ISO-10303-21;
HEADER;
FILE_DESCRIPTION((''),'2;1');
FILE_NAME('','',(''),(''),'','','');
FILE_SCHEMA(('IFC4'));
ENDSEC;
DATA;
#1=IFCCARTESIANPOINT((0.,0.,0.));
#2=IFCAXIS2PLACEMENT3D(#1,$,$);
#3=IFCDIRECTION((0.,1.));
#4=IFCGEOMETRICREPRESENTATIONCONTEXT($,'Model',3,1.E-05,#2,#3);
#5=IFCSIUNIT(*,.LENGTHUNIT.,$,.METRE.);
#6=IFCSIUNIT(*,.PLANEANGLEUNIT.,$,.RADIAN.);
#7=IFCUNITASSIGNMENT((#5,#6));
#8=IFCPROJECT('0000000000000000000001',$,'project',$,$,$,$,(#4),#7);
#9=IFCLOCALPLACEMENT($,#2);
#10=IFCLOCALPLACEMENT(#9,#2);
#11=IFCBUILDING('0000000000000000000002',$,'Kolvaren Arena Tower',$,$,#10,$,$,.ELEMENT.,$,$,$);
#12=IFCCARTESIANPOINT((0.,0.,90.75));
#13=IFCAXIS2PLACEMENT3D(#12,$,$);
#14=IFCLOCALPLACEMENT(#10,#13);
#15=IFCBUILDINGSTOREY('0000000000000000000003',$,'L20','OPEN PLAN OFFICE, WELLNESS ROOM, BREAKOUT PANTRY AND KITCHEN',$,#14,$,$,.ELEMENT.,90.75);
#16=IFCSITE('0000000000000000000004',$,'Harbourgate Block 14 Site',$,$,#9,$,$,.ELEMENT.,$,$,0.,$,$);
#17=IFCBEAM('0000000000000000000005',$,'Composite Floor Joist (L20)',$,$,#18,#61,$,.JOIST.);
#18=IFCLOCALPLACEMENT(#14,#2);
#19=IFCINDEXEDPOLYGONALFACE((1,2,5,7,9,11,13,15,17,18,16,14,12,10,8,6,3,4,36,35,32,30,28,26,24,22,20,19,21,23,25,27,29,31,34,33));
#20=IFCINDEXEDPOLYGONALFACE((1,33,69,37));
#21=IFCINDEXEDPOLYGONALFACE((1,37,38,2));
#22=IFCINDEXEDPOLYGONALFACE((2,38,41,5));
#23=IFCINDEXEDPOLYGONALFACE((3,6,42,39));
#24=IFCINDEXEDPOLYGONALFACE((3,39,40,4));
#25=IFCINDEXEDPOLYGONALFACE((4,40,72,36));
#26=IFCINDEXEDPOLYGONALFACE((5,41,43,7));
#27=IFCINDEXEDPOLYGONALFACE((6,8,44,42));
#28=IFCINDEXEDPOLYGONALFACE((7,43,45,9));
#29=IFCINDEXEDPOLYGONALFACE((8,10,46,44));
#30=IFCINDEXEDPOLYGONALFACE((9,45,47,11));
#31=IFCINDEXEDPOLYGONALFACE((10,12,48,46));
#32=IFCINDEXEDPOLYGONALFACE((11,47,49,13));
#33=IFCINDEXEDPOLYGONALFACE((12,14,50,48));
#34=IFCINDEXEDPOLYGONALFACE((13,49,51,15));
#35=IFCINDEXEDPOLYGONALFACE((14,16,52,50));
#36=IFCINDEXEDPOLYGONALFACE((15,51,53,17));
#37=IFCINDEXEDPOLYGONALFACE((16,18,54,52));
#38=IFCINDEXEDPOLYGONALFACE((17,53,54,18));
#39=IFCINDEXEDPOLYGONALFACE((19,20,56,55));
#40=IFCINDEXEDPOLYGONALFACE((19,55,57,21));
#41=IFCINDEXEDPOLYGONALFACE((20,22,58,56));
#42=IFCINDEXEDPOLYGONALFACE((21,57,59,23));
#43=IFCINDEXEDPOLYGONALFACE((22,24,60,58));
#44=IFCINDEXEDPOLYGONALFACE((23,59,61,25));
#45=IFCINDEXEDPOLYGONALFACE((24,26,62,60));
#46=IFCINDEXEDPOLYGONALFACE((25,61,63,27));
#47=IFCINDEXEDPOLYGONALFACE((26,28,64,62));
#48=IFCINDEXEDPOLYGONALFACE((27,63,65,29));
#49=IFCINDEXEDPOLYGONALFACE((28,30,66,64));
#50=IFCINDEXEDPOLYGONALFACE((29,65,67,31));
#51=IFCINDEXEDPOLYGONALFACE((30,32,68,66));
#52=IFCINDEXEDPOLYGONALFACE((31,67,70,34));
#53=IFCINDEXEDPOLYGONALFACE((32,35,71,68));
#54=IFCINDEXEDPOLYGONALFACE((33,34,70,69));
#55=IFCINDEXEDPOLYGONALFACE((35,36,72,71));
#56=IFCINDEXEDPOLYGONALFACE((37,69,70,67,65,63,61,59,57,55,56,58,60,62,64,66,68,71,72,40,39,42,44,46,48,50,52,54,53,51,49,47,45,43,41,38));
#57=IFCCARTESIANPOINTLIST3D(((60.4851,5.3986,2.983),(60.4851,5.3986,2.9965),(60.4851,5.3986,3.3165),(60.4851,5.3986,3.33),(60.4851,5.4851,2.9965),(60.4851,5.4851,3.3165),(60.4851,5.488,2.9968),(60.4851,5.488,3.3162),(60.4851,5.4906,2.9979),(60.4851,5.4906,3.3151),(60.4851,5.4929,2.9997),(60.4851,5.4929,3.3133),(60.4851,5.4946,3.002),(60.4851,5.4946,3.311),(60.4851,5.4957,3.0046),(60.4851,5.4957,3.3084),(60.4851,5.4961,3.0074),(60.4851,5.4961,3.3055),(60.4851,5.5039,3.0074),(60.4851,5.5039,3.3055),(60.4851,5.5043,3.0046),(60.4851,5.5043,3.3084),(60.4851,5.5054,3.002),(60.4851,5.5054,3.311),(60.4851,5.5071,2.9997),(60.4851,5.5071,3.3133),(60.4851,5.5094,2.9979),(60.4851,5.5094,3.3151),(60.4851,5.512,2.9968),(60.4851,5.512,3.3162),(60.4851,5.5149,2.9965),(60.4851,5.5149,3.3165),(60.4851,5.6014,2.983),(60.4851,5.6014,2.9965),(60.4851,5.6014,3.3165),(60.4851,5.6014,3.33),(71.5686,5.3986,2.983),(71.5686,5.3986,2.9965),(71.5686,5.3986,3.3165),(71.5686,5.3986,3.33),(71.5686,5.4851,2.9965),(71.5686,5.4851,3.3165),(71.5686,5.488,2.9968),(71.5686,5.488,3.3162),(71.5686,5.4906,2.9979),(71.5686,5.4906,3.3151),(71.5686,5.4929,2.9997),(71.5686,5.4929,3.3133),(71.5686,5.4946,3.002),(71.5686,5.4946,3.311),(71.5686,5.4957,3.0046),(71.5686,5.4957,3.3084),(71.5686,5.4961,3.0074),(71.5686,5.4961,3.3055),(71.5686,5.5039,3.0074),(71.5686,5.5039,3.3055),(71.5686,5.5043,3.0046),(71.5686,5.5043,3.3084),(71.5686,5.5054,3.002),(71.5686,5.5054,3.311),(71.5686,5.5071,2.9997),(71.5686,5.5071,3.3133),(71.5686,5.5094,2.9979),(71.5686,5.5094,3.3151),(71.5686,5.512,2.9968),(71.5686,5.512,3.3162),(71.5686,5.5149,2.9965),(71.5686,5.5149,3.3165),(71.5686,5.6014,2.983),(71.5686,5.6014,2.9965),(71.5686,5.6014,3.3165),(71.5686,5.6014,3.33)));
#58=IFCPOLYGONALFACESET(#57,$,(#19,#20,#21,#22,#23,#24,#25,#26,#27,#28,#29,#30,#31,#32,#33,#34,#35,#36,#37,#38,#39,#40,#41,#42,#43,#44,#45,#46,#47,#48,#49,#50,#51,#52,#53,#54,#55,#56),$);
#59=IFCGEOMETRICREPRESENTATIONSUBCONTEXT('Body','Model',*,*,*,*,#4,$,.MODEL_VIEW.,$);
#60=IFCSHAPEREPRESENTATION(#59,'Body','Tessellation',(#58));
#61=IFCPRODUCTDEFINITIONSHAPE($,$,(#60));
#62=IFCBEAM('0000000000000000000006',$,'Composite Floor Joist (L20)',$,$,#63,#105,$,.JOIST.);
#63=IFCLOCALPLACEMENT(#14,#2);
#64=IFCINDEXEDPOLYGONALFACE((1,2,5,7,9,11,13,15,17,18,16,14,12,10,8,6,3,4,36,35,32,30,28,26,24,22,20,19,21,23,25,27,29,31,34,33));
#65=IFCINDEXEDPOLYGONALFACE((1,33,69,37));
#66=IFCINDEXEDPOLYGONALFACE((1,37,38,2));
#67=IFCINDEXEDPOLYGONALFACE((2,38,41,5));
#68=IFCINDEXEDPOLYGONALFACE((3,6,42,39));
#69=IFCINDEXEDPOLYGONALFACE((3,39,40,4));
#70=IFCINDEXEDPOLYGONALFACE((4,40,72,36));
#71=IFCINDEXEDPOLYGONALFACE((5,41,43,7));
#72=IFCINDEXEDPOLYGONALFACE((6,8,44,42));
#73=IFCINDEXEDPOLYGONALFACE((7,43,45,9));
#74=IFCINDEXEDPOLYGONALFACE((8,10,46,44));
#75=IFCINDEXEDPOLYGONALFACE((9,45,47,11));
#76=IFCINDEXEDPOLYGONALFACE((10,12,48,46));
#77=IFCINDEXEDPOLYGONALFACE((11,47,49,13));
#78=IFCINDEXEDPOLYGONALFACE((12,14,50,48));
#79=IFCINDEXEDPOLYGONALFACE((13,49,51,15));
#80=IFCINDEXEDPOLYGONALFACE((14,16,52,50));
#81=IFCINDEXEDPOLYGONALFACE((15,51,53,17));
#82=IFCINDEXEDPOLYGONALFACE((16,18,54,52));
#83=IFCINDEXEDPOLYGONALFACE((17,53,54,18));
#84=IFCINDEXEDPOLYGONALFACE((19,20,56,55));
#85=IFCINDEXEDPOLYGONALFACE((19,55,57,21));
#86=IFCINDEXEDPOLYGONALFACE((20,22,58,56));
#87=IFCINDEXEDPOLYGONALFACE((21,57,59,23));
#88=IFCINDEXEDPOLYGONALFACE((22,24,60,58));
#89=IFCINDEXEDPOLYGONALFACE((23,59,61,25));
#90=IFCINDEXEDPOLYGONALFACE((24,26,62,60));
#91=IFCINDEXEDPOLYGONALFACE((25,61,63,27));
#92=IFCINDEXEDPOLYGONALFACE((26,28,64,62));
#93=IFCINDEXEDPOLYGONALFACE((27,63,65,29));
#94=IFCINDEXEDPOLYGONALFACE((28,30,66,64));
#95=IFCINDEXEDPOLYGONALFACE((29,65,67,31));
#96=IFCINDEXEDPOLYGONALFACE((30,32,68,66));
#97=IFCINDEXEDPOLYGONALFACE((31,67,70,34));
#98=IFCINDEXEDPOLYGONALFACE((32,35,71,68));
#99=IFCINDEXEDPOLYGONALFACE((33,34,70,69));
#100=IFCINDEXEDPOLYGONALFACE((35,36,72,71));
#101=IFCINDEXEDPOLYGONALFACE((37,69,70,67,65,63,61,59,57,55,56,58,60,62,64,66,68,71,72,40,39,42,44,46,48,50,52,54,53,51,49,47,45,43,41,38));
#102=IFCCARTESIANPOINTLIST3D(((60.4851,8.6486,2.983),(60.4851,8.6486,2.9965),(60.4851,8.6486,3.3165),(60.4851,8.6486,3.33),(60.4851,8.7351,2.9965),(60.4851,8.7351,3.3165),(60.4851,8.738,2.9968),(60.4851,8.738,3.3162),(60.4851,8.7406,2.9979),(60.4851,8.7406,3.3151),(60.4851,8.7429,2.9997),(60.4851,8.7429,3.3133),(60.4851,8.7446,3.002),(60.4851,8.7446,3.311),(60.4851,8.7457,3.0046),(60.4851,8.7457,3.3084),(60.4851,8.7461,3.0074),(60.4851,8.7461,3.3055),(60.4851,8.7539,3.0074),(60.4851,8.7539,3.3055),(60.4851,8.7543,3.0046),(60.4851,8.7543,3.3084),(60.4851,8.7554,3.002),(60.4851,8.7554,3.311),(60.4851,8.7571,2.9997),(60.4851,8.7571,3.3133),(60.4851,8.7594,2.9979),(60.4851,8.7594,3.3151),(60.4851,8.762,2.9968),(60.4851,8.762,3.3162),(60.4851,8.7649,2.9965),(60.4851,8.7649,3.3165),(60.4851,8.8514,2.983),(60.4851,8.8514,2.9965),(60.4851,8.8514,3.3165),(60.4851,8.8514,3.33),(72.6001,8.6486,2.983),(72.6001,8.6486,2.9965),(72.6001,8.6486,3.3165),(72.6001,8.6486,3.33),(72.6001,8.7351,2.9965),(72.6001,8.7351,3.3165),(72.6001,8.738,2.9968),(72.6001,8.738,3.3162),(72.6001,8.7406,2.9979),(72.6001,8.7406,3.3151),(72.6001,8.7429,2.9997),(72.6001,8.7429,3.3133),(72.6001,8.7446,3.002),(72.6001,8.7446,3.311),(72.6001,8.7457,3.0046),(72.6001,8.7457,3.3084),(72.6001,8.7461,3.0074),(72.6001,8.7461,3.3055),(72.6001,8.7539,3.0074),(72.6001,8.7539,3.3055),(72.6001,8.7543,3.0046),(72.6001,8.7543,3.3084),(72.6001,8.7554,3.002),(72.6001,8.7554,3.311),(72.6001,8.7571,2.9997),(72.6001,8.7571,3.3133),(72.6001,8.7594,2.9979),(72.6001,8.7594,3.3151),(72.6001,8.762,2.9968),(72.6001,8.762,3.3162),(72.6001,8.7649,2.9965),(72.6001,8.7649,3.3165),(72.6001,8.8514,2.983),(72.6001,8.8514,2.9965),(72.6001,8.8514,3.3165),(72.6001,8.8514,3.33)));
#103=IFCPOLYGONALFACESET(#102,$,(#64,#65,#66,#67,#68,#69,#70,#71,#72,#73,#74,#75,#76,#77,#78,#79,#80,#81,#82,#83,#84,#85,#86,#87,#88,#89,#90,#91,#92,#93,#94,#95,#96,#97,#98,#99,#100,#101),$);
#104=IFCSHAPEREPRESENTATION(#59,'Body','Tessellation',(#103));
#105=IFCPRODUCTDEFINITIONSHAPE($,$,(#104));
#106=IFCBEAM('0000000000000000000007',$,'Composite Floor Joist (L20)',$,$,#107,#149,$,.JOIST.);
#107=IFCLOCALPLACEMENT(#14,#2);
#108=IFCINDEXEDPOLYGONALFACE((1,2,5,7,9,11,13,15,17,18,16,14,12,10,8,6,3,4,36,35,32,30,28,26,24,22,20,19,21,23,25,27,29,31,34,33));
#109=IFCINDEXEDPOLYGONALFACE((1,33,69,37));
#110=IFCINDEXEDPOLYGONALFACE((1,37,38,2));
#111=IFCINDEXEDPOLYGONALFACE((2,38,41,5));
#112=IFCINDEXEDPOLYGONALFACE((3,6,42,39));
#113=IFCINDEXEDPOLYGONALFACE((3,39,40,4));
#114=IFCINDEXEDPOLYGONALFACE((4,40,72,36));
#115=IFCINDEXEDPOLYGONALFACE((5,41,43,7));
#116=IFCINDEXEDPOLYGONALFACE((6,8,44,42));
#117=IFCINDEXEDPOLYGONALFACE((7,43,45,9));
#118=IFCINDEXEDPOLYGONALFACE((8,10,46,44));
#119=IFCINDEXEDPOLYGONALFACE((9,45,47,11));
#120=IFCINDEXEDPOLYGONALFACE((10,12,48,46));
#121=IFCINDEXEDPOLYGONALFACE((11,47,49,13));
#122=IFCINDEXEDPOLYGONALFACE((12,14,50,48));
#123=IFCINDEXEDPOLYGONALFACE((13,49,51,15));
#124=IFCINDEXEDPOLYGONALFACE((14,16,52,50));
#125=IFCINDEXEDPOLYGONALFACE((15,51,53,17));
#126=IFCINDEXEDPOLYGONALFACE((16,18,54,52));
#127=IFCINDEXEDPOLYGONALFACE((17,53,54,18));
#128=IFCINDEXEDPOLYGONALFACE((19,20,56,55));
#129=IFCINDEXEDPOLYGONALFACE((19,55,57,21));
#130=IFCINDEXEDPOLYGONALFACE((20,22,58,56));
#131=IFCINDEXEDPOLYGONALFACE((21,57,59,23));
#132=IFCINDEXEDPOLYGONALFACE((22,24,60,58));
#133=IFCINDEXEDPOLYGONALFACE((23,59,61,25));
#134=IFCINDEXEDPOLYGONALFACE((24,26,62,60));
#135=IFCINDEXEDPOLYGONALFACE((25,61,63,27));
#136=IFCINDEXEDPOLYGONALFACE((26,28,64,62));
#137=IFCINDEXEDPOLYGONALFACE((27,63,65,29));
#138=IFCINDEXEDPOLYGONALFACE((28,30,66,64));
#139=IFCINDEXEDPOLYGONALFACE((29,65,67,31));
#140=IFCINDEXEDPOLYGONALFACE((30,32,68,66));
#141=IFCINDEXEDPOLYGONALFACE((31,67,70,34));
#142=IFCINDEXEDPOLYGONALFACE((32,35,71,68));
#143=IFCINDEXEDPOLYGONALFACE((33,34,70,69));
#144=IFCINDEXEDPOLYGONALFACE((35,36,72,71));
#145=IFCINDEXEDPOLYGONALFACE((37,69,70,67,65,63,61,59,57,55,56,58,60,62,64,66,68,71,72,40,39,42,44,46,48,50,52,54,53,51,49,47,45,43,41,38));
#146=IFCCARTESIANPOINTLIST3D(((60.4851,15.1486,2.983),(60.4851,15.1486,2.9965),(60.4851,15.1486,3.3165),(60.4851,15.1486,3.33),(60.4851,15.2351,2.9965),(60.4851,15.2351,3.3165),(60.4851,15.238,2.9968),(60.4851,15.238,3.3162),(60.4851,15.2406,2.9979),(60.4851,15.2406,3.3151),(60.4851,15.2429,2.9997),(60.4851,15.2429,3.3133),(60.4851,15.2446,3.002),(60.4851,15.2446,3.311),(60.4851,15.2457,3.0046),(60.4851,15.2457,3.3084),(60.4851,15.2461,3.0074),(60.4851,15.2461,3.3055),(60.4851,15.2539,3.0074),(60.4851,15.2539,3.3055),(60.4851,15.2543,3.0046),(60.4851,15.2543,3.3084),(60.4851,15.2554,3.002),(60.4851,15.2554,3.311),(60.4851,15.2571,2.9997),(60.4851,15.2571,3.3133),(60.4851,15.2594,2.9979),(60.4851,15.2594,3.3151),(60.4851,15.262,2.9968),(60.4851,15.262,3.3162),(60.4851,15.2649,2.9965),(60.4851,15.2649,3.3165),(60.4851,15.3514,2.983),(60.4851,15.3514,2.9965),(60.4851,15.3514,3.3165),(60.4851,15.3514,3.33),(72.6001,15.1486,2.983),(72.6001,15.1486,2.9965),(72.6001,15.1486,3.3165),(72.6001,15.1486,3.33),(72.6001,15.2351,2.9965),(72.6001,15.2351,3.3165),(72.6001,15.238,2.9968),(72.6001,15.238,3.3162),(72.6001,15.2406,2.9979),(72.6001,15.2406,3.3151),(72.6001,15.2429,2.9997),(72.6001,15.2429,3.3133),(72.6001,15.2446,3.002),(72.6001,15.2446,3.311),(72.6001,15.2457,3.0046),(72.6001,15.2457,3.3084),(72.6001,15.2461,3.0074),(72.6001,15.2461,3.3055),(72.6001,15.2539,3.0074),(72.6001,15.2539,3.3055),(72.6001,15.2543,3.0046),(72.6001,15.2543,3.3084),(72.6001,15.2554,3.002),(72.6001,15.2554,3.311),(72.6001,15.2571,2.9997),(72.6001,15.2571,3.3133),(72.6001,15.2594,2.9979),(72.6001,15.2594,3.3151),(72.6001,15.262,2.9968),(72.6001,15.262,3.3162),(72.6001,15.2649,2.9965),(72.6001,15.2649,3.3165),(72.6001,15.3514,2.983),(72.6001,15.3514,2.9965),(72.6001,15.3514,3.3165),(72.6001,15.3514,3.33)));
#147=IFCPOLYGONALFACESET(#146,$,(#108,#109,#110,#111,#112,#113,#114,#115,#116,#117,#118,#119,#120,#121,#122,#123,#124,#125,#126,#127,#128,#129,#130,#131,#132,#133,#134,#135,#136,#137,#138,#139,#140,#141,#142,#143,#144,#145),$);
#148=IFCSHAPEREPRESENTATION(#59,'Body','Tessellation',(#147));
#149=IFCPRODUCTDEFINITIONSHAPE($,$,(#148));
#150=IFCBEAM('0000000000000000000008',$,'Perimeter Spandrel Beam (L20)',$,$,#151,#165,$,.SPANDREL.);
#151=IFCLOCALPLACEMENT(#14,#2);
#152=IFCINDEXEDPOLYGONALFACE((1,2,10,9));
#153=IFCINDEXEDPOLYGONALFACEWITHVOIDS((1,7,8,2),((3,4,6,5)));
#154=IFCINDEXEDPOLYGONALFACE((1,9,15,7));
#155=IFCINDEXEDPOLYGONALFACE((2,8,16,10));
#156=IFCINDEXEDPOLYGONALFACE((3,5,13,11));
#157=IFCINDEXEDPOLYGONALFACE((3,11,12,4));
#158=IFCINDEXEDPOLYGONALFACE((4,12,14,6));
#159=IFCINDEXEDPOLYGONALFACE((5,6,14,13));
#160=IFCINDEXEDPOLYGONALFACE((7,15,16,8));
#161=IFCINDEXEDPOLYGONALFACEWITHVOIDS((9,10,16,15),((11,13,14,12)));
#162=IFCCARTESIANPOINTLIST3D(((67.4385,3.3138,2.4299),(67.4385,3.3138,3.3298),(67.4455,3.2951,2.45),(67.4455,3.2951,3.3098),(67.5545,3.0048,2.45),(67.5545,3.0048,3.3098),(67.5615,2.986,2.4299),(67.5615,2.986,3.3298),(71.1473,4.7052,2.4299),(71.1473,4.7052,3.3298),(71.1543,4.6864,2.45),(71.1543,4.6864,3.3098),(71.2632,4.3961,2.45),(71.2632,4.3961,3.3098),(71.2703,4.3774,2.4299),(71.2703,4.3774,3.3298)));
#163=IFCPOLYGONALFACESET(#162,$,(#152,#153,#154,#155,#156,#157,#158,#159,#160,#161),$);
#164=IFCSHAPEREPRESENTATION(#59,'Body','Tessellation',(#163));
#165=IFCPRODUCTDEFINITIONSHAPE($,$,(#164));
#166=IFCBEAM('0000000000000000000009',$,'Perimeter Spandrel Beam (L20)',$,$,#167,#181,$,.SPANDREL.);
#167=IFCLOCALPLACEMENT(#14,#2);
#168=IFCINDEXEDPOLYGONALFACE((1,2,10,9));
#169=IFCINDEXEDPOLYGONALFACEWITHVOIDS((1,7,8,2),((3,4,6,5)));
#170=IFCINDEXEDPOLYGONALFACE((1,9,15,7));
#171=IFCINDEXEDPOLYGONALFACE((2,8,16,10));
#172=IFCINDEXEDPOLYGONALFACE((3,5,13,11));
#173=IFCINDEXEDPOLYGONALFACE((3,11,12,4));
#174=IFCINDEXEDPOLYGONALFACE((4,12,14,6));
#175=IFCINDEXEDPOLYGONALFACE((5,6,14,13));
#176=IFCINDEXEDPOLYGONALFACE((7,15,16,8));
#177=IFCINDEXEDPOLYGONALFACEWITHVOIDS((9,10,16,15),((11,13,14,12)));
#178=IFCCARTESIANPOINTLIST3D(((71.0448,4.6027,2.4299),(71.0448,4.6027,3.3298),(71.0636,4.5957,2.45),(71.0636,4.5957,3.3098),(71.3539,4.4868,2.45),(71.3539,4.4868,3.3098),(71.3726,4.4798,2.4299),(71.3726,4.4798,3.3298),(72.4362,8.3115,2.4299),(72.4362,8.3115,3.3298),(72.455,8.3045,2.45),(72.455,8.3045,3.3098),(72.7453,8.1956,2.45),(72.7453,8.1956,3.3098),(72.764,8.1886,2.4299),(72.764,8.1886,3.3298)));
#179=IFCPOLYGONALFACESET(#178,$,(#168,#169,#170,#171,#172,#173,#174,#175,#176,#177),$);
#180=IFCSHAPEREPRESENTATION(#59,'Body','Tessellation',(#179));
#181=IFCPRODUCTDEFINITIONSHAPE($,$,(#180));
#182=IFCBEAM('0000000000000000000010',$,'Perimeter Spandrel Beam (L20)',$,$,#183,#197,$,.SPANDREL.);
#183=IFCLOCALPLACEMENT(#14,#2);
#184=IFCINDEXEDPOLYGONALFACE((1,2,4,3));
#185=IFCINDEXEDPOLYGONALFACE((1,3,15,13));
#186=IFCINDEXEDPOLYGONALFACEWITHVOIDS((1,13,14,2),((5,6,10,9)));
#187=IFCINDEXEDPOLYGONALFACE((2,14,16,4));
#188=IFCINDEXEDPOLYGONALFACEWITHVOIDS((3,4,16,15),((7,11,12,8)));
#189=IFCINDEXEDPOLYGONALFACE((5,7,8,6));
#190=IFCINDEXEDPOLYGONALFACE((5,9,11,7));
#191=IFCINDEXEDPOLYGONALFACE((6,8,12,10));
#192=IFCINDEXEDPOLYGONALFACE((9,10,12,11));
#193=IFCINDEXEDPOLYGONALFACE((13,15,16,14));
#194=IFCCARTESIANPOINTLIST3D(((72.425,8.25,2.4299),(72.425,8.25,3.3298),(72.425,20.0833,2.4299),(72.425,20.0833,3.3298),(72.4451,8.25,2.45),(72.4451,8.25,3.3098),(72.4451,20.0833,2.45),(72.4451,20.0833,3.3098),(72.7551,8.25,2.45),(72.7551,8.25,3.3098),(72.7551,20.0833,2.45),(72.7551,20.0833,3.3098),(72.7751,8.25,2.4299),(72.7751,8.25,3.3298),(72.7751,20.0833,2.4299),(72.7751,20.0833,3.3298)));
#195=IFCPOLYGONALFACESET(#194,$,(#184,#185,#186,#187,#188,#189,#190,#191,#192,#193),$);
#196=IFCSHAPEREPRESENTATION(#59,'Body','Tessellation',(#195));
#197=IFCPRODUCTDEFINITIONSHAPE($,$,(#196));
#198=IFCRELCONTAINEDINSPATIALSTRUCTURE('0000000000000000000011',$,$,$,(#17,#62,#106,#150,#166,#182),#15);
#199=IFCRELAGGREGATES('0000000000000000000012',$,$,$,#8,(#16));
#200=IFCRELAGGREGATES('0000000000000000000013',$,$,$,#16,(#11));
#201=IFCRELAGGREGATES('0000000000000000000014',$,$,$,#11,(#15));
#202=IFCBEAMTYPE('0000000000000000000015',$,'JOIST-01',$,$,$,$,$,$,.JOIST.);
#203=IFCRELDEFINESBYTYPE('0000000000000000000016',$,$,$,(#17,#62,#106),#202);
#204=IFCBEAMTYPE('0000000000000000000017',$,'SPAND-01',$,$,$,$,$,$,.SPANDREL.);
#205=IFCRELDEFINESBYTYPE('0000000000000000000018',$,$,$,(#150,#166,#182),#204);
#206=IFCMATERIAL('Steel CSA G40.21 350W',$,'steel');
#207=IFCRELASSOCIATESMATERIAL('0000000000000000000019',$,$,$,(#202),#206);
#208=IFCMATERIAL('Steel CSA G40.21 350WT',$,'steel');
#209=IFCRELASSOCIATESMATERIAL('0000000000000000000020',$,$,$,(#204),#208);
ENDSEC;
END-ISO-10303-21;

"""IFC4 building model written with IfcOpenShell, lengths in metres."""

from ifc_helpers import new_model, si_unit, direction, frame, origin, origin_2d, place, context, subcontext, project, spatial, hollow_rectangle, i_section, extrude, material, material_profile, profile_set, type_object, element, save


model = new_model("IFC4")

# Units and contexts
model_context = context("Model", 3, precision=1e-05, world=origin(), true_north=direction((0.0, 1.0)))
body_context = subcontext(model_context, "Body", "Model", "MODEL_VIEW")
ifc_project = project(units=[si_unit("LENGTHUNIT", "METRE"), si_unit("PLANEANGLEUNIT", "RADIAN")], contexts=[model_context])

# Site, building, storey
site_placement = place(None, origin())
site = spatial("IfcSite", under=ifc_project, at=site_placement, Name="Harbourgate Block 14 Site", CompositionType="ELEMENT", RefElevation=0.0)
building_placement = place(site_placement, origin())
building = spatial("IfcBuilding", under=site, at=building_placement, Name="Kolvaren Arena Tower", CompositionType="ELEMENT")
storey_placement = place(building_placement, frame((0.0, 0.0, 90.75)))
storey = spatial("IfcBuildingStorey", under=building, at=storey_placement, Name="L20", Description="OPEN PLAN OFFICE, WELLNESS ROOM, BREAKOUT PANTRY AND KITCHEN", CompositionType="ELEMENT", Elevation=90.75)

# Beams
ifc_material_1 = material(Name="Steel CSA G40.21 350W", Category="steel")
ifc_material_profile_1 = material_profile(ifc_material_1, i_section(OverallWidth=0.2029, OverallDepth=0.3469, WebThickness=0.0078, FlangeThickness=0.0134, FilletRadius=0.011, at=origin_2d()), Name="W360x64")
ifc_profile_set_1 = profile_set([ifc_material_profile_1], Name="Steel CSA G40.21 350W")
beam_type_1 = type_object("IfcBeamType", Name="JOIST-01", PredefinedType="JOIST", material=ifc_profile_set_1)
beam_1_placement = place(storey_placement, frame((60.4851, 5.5, 3.1565), z_axis=(1.0, 0.0, 0.0), x_axis=(0.0, 1.0, 0.0)))
element("IfcBeam", 1, at=beam_1_placement, inside=storey, type_object=beam_type_1, Name="Composite Floor Joist (L20)", PredefinedType="JOIST", context=body_context, shape_type="SweptSolid", body=[
    extrude(i_section(OverallWidth=0.2029, OverallDepth=0.3469, WebThickness=0.0078, FlangeThickness=0.0134, FilletRadius=0.011, at=origin_2d()), origin(), (0.0, 0.0, 1.0), 11.0835),
])
for number, where, z_axis, x_axis, name in (
    (2, (60.4851, 8.75, 3.1565), (1.0, 0.0, 0.0), (0.0, 1.0, 0.0), "Composite Floor Joist (L20)"),
    (3, (60.4851, 15.25, 3.1565), (1.0, 0.0, 0.0), (0.0, 1.0, 0.0), "Composite Floor Joist (L20)"),
):
    element("IfcBeam", number, at=place(storey_placement, frame(where, z_axis=z_axis, x_axis=x_axis)), inside=storey, type_object=beam_type_1, Name=name, PredefinedType="JOIST", context=body_context, shape_type="SweptSolid", body=[
        extrude(i_section(OverallWidth=0.2029, OverallDepth=0.3469, WebThickness=0.0078, FlangeThickness=0.0134, FilletRadius=0.011, at=origin_2d()), origin(), (0.0, 0.0, 1.0), 12.115),
    ])
ifc_material_2 = material(Name="Steel CSA G40.21 350WT", Category="steel")
ifc_material_profile_2 = material_profile(ifc_material_2, hollow_rectangle(XDim=0.3501, YDim=0.8999, WallThickness=0.02, at=origin_2d()), Name="HSS 900x350x20")
ifc_profile_set_2 = profile_set([ifc_material_profile_2], Name="Steel CSA G40.21 350WT")
beam_type_2 = type_object("IfcBeamType", Name="SPAND-01", PredefinedType="SPANDREL", material=ifc_profile_set_2)
for number, where, z_axis, x_axis, name in (
    (4, (67.5, 3.1499, 2.8799), (0.936281, 0.351252, 0.0), (-0.351252, 0.936281, 0.0), "Perimeter Spandrel Beam (L20)"),
    (5, (71.2087, 4.5413, 2.8799), (0.351252, 0.936281, 0.0), (-0.936281, 0.351252, 0.0), "Perimeter Spandrel Beam (L20)"),
):
    element("IfcBeam", number, at=place(storey_placement, frame(where, z_axis=z_axis, x_axis=x_axis)), inside=storey, type_object=beam_type_2, Name=name, PredefinedType="SPANDREL", context=body_context, shape_type="SweptSolid", body=[
        extrude(hollow_rectangle(XDim=0.3501, YDim=0.8999, WallThickness=0.02, at=origin_2d()), origin(), (0.0, 0.0, 1.0), 3.9612),
    ])
beam_2_placement = place(storey_placement, frame((72.6001, 8.25, 2.8799), z_axis=(0.0, 1.0, 0.0), x_axis=(-1.0, 0.0, 0.0)))
element("IfcBeam", 6, at=beam_2_placement, inside=storey, type_object=beam_type_2, Name="Perimeter Spandrel Beam (L20)", PredefinedType="SPANDREL", context=body_context, shape_type="SweptSolid", body=[
    extrude(hollow_rectangle(XDim=0.3501, YDim=0.8999, WallThickness=0.02, at=origin_2d()), origin(), (0.0, 0.0, 1.0), 11.8333),
])

save(model, "model.ifc")
